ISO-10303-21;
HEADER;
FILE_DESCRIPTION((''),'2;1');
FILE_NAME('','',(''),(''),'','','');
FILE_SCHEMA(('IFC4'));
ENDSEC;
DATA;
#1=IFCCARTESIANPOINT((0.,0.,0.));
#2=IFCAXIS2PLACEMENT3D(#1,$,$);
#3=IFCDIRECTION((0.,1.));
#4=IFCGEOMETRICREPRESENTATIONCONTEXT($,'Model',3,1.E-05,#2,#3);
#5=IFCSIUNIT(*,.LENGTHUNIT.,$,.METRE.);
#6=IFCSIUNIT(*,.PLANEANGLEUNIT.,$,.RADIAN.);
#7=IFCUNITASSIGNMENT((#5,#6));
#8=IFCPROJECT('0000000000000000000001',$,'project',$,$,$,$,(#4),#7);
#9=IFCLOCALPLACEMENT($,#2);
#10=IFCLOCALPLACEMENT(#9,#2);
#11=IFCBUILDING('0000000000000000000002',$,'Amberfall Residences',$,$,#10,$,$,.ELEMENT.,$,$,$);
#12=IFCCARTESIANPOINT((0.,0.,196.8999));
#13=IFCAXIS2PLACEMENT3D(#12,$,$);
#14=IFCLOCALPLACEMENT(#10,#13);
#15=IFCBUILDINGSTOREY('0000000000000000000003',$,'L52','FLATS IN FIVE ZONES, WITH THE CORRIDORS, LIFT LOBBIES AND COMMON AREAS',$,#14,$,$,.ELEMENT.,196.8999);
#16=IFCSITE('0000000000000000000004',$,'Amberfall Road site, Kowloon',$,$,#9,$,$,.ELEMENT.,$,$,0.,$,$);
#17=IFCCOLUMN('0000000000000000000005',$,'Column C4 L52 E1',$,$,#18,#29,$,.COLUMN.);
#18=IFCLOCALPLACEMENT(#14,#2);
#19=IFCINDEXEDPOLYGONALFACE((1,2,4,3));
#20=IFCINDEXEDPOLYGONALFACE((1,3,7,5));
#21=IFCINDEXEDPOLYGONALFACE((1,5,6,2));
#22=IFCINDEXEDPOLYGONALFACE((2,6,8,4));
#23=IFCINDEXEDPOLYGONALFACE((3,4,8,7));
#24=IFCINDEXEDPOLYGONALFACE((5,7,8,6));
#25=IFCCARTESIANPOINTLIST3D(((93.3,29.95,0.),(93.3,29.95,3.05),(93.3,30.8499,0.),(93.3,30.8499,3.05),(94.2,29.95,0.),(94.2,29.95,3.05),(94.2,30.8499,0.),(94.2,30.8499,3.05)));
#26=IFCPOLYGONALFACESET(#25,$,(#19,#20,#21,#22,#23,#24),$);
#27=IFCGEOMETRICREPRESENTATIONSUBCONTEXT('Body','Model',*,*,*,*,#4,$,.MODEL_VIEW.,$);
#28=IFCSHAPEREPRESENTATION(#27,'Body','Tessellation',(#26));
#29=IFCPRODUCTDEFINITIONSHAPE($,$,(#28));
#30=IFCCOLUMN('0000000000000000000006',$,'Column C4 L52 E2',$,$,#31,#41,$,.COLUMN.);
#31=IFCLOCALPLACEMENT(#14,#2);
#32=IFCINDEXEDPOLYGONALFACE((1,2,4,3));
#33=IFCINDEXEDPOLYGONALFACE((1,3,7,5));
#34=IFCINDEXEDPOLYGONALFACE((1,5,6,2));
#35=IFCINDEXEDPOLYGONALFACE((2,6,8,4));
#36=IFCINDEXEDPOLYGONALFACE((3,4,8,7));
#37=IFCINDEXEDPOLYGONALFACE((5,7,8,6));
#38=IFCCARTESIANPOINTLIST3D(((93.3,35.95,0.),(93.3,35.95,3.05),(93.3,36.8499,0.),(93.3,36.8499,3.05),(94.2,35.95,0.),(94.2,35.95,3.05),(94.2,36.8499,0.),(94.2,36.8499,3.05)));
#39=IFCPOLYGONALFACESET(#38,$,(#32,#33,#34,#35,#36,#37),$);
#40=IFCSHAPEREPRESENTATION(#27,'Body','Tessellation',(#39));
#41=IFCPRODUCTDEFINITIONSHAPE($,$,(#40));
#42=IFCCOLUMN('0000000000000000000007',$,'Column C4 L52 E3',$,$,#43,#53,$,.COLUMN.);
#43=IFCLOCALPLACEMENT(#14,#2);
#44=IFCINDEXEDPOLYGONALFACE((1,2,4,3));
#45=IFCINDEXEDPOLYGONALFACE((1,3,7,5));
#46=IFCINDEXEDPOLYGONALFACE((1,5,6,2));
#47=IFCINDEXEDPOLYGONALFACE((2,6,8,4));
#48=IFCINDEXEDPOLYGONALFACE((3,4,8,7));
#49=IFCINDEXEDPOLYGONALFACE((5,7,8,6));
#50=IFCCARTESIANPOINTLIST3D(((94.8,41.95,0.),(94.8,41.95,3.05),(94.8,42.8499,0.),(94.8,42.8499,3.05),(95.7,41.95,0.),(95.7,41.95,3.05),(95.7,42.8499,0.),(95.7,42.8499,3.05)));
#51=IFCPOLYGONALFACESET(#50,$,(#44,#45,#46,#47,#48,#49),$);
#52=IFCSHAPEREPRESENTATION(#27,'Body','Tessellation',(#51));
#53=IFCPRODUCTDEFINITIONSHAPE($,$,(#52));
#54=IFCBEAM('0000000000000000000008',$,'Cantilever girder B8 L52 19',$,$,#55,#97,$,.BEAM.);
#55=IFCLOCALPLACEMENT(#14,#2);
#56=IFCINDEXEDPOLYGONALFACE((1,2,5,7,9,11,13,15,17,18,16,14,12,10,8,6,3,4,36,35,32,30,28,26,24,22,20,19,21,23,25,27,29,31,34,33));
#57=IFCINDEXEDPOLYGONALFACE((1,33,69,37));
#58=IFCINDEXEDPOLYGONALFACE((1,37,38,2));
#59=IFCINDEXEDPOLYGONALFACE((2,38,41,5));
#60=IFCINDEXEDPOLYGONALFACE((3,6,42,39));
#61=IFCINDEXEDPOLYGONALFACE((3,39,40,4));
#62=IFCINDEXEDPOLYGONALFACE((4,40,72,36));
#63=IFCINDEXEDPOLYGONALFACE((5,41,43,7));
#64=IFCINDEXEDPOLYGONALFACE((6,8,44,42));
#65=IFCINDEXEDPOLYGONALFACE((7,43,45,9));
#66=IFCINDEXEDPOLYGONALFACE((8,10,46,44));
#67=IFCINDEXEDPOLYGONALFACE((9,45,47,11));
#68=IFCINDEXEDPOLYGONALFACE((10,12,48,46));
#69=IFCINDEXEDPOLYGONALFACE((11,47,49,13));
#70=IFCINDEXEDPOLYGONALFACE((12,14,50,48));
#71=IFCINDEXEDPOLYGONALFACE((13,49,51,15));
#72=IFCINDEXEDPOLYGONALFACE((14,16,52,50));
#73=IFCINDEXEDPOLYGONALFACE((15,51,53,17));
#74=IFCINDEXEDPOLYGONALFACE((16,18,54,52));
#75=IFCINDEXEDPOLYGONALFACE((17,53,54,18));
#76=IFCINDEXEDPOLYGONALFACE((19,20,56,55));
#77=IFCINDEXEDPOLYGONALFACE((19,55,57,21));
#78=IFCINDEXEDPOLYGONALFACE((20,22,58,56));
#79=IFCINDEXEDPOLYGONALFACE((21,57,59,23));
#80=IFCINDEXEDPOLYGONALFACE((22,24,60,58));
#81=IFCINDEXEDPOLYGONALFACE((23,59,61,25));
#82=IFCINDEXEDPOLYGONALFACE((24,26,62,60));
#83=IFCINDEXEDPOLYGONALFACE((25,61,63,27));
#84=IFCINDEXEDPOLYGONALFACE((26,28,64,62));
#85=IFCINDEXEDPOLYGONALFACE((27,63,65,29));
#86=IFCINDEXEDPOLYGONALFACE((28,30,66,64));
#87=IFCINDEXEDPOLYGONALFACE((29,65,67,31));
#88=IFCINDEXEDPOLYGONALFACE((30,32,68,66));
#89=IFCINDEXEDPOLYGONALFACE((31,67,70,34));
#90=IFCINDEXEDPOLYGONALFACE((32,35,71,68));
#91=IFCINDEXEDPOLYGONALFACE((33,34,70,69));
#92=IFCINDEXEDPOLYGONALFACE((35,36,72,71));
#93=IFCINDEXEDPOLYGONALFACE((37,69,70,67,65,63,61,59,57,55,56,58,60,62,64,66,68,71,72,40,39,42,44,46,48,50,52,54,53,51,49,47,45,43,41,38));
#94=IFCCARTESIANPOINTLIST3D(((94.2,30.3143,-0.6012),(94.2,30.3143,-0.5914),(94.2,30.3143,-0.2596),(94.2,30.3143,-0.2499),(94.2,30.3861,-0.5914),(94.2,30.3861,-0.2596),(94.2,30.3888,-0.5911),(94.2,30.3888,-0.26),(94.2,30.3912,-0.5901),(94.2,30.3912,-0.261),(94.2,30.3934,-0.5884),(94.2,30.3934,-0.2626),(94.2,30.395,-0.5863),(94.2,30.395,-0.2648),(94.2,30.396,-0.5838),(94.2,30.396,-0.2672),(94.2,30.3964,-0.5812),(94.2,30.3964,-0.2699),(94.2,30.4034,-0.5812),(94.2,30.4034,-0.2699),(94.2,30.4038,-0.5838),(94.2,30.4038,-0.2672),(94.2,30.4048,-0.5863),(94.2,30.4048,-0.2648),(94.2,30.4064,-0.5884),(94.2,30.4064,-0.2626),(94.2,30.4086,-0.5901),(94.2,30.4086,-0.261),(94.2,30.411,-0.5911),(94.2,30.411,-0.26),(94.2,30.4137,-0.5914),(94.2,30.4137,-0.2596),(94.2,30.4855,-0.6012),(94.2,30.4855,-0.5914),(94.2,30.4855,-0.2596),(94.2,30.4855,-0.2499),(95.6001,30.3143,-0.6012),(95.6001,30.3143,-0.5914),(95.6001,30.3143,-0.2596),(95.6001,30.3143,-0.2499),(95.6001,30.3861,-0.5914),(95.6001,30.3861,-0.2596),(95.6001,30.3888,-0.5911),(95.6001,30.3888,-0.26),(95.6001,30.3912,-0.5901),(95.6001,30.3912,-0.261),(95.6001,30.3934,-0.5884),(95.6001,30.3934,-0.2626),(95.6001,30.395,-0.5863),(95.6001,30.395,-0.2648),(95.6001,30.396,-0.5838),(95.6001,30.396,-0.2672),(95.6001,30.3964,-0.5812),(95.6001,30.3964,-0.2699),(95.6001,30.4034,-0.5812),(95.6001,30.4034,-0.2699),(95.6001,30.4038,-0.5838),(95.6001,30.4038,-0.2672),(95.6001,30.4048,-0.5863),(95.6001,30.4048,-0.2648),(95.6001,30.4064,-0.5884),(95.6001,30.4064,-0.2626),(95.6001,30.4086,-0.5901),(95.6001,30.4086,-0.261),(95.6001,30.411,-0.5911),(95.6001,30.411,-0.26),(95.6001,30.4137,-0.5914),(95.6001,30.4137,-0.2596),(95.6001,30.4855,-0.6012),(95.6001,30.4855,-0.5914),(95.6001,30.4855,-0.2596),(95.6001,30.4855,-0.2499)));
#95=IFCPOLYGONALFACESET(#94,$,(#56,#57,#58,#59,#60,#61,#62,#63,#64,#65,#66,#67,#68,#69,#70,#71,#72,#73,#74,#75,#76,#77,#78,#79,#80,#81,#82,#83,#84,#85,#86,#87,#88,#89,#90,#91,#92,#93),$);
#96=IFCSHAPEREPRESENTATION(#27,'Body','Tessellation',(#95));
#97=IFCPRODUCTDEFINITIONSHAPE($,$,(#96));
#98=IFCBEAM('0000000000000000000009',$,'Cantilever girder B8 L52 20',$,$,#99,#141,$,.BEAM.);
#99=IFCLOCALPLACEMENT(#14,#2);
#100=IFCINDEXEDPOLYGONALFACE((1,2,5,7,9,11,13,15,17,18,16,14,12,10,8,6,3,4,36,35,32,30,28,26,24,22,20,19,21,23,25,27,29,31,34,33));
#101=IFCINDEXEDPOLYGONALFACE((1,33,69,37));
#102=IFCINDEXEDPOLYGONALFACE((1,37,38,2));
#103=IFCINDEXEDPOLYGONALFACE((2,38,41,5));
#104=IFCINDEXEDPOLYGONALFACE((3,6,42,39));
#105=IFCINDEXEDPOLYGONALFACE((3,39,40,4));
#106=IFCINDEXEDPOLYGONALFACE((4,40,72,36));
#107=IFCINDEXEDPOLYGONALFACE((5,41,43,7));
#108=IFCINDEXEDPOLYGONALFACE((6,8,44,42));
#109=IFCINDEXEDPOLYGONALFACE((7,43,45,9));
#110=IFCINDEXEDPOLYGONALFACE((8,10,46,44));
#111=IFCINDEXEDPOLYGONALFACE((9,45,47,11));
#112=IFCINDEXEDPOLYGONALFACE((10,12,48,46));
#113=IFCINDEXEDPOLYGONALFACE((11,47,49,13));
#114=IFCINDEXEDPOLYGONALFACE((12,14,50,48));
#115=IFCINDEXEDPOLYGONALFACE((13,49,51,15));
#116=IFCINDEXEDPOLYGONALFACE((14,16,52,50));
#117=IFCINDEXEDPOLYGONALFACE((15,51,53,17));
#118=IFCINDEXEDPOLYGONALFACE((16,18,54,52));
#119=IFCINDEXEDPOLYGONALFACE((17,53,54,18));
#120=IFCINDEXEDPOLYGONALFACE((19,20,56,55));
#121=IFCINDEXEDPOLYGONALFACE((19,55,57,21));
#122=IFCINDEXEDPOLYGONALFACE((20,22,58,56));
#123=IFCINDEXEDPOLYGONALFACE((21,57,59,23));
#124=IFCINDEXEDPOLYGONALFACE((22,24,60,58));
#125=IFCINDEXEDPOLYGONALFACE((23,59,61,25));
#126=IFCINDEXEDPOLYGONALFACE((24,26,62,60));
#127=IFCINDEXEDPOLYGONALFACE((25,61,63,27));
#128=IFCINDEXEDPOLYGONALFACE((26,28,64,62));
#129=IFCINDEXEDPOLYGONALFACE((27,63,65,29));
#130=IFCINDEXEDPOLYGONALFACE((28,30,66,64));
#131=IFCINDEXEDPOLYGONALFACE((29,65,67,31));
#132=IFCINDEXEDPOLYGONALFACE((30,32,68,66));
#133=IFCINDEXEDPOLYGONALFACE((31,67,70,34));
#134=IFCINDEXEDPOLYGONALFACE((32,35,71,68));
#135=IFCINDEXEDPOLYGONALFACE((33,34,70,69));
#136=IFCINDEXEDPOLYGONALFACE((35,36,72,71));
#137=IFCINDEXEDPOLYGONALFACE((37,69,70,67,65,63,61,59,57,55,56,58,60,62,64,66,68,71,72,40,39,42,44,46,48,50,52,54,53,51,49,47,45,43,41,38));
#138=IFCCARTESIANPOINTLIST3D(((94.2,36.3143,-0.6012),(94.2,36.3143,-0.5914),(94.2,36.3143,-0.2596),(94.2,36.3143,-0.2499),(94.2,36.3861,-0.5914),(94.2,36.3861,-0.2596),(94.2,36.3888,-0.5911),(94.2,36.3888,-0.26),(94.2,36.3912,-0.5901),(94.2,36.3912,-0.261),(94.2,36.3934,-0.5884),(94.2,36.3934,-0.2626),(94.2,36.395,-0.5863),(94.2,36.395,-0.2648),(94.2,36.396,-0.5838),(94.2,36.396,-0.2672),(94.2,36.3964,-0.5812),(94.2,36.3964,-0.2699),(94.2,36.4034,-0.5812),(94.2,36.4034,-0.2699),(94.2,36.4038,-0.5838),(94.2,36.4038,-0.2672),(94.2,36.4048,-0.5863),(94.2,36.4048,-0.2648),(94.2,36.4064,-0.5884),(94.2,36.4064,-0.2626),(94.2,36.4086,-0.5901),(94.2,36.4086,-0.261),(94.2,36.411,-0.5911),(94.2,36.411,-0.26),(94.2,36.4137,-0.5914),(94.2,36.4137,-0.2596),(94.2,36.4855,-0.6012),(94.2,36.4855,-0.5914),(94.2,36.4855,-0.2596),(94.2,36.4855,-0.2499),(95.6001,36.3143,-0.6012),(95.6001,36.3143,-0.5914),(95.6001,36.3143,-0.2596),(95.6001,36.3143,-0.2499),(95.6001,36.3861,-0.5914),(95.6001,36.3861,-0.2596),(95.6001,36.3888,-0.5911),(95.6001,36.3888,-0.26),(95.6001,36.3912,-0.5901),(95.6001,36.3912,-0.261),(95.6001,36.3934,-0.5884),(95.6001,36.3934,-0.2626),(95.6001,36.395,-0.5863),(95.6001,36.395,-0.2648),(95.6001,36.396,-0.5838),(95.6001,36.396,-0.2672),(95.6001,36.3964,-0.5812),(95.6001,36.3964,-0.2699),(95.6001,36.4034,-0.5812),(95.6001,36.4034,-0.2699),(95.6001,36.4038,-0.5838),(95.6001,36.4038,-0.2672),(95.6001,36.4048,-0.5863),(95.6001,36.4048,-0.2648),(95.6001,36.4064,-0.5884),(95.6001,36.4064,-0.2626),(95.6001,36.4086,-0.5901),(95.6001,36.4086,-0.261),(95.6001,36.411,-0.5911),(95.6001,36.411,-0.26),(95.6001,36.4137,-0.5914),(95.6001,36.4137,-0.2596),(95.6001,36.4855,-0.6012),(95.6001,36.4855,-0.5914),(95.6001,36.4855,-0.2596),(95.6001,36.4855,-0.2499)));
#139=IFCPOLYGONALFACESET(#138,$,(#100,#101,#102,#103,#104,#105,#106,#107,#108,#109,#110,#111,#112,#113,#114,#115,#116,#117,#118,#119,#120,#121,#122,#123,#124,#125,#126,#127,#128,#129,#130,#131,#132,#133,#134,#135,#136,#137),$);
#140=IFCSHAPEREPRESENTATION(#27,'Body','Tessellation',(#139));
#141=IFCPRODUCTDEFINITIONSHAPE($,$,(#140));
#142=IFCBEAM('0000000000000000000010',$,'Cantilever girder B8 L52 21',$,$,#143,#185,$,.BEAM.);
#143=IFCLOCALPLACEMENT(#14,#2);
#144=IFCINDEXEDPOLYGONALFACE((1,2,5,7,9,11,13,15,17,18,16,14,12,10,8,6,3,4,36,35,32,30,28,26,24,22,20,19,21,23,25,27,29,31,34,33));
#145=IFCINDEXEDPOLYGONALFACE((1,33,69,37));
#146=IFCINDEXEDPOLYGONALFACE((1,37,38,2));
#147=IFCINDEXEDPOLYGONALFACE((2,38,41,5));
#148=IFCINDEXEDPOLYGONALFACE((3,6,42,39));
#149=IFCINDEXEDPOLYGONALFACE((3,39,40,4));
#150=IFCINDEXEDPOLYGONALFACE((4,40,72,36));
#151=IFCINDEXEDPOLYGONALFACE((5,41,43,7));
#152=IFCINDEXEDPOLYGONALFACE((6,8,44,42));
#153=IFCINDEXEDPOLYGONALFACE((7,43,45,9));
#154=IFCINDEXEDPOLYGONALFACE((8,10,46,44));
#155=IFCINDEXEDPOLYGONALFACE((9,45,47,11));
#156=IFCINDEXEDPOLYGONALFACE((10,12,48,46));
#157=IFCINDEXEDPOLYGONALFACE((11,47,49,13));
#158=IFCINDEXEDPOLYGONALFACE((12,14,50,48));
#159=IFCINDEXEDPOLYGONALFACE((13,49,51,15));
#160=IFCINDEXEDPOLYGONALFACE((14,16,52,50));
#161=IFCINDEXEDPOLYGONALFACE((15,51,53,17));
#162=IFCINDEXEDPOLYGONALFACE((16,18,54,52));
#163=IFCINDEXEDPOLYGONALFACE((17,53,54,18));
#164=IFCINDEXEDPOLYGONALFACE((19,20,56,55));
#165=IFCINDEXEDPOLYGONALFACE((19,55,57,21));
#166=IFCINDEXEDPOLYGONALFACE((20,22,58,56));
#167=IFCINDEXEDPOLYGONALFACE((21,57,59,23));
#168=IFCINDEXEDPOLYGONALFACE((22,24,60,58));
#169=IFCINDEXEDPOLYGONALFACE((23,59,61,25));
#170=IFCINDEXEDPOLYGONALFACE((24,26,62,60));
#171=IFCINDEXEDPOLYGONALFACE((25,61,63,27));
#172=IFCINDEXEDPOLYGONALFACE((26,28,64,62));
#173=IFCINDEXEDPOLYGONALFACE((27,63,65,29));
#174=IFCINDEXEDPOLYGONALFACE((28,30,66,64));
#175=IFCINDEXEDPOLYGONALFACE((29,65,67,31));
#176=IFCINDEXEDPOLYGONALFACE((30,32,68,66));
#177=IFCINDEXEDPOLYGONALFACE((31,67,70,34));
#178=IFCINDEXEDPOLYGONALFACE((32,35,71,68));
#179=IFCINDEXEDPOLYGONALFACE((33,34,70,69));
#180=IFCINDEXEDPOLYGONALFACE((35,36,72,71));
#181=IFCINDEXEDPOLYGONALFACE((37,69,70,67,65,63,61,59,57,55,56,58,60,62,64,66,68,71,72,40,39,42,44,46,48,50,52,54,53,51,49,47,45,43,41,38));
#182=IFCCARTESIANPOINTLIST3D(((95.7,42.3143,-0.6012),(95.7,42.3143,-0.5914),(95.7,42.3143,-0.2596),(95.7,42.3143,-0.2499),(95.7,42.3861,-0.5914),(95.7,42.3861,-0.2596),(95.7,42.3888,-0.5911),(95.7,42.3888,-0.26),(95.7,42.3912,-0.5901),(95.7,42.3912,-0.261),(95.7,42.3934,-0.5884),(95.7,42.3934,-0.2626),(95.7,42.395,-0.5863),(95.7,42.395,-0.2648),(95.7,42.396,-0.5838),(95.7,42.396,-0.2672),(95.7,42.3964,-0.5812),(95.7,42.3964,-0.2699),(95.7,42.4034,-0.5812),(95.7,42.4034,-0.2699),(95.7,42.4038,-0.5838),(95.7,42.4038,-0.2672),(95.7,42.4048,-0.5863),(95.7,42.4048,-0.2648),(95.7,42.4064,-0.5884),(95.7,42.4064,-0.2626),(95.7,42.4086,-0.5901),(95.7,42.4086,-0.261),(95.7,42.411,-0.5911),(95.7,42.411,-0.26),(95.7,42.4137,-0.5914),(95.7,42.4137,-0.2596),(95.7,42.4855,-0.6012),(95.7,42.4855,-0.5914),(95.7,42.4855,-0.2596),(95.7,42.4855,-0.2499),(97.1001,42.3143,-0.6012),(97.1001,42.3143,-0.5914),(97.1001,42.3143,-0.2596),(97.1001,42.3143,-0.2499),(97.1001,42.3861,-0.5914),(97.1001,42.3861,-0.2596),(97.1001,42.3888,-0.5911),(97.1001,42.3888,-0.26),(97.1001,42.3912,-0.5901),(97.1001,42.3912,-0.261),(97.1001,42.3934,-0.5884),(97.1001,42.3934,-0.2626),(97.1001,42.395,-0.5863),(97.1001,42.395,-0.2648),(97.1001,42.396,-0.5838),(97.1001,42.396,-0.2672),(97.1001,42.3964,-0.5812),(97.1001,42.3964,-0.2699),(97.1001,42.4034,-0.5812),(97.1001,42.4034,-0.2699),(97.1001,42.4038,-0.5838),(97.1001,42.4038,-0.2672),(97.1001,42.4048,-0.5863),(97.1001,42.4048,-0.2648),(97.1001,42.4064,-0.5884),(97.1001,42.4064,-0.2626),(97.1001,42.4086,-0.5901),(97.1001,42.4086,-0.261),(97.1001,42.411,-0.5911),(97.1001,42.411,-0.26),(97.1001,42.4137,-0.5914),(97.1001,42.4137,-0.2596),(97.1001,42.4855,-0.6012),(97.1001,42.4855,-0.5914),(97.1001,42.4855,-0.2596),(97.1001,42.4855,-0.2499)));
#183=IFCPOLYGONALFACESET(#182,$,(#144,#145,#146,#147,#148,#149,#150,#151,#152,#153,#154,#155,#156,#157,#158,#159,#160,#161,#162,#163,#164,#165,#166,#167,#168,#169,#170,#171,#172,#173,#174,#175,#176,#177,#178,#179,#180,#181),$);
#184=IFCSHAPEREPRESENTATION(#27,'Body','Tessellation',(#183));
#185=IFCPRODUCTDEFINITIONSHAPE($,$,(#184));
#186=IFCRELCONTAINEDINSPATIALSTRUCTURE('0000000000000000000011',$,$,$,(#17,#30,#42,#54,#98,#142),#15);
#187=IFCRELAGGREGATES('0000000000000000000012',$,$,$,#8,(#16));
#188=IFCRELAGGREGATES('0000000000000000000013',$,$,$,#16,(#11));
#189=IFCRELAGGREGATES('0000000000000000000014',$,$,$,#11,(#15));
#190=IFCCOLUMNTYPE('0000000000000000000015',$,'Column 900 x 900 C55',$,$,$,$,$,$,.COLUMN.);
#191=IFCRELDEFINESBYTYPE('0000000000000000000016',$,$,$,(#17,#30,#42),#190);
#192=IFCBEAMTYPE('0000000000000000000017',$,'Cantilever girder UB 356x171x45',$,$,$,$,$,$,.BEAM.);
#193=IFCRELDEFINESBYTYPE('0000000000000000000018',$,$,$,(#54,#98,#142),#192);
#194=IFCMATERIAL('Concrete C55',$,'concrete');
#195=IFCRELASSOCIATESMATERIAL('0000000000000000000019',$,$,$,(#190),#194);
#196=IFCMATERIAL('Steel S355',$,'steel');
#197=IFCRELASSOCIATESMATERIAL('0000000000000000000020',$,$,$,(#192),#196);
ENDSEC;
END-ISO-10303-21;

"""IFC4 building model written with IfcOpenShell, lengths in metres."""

from ifc_helpers import new_model, si_unit, direction, frame, origin, origin_2d, place, context, subcontext, project, spatial, rectangle, i_section, extrude, material, material_profile, profile_set, type_object, element, save


model = new_model("IFC4")

# Units and contexts
model_context = context("Model", 3, precision=1e-05, world=origin(), true_north=direction((0.0, 1.0)))
body_context = subcontext(model_context, "Body", "Model", "MODEL_VIEW")
ifc_project = project(units=[si_unit("LENGTHUNIT", "METRE"), si_unit("PLANEANGLEUNIT", "RADIAN")], contexts=[model_context])

# Site, building, storey
site_placement = place(None, origin())
site = spatial("IfcSite", under=ifc_project, at=site_placement, Name="Amberfall Road site, Kowloon", CompositionType="ELEMENT", RefElevation=0.0)
building_placement = place(site_placement, origin())
building = spatial("IfcBuilding", under=site, at=building_placement, Name="Amberfall Residences", CompositionType="ELEMENT")
storey_placement = place(building_placement, frame((0.0, 0.0, 196.8999)))
storey = spatial("IfcBuildingStorey", under=building, at=storey_placement, Name="L52", Description="FLATS IN FIVE ZONES, WITH THE CORRIDORS, LIFT LOBBIES AND COMMON AREAS", CompositionType="ELEMENT", Elevation=196.8999)

# Columns
ifc_material_1 = material(Name="Concrete C55", Category="concrete")
ifc_material_profile_1 = material_profile(ifc_material_1, rectangle(XDim=0.8999, YDim=0.8999, at=origin_2d()), Name="Column 900 x 900 C55")
ifc_profile_set_1 = profile_set([ifc_material_profile_1], Name="Concrete C55")
column_type = type_object("IfcColumnType", Name="Column 900 x 900 C55", PredefinedType="COLUMN", material=ifc_profile_set_1)
for number, where, z_axis, x_axis, name in (
    (1, (93.75, 30.3999, 0.0), (0.0, 0.0, 1.0), (1.0, 0.0, 0.0), "Column C4 L52 E1"),
    (2, (93.75, 36.3999, 0.0), (0.0, 0.0, 1.0), (1.0, 0.0, 0.0), "Column C4 L52 E2"),
    (3, (95.25, 42.3999, 0.0), (0.0, 0.0, 1.0), (1.0, 0.0, 0.0), "Column C4 L52 E3"),
):
    element("IfcColumn", number, at=place(storey_placement, frame(where, z_axis=z_axis, x_axis=x_axis)), inside=storey, type_object=column_type, Name=name, PredefinedType="COLUMN", context=body_context, shape_type="SweptSolid", body=[
        extrude(rectangle(XDim=0.8999, YDim=0.8999, at=origin_2d()), origin(), (0.0, 0.0, 1.0), 3.05),
    ])

# Beams
ifc_material_2 = material(Name="Steel S355", Category="steel")
ifc_material_profile_2 = material_profile(ifc_material_2, i_section(OverallWidth=0.1711, OverallDepth=0.3513, WebThickness=0.0071, FlangeThickness=0.0098, FilletRadius=0.0103, at=origin_2d()), Name="UB 356x171x45")
ifc_profile_set_2 = profile_set([ifc_material_profile_2], Name="Steel S355")
beam_type_1 = type_object("IfcBeamType", Name="Cantilever girder UB 356x171x45", PredefinedType="BEAM", material=ifc_profile_set_2)
for number, where, z_axis, x_axis, name in (
    (4, (94.2, 30.3999, -0.4255), (1.0, 0.0, 0.0), (0.0, 1.0, 0.0), "Cantilever girder B8 L52 19"),
    (5, (94.2, 36.3999, -0.4255), (1.0, 0.0, 0.0), (0.0, 1.0, 0.0), "Cantilever girder B8 L52 20"),
    (6, (95.7, 42.3999, -0.4255), (1.0, 0.0, 0.0), (0.0, 1.0, 0.0), "Cantilever girder B8 L52 21"),
):
    element("IfcBeam", number, at=place(storey_placement, frame(where, z_axis=z_axis, x_axis=x_axis)), inside=storey, type_object=beam_type_1, Name=name, PredefinedType="BEAM", context=body_context, shape_type="SweptSolid", body=[
        extrude(i_section(OverallWidth=0.1711, OverallDepth=0.3513, WebThickness=0.0071, FlangeThickness=0.0098, FilletRadius=0.0103, at=origin_2d()), origin(), (0.0, 0.0, 1.0), 1.4001),
    ])

save(model, "model.ifc")
